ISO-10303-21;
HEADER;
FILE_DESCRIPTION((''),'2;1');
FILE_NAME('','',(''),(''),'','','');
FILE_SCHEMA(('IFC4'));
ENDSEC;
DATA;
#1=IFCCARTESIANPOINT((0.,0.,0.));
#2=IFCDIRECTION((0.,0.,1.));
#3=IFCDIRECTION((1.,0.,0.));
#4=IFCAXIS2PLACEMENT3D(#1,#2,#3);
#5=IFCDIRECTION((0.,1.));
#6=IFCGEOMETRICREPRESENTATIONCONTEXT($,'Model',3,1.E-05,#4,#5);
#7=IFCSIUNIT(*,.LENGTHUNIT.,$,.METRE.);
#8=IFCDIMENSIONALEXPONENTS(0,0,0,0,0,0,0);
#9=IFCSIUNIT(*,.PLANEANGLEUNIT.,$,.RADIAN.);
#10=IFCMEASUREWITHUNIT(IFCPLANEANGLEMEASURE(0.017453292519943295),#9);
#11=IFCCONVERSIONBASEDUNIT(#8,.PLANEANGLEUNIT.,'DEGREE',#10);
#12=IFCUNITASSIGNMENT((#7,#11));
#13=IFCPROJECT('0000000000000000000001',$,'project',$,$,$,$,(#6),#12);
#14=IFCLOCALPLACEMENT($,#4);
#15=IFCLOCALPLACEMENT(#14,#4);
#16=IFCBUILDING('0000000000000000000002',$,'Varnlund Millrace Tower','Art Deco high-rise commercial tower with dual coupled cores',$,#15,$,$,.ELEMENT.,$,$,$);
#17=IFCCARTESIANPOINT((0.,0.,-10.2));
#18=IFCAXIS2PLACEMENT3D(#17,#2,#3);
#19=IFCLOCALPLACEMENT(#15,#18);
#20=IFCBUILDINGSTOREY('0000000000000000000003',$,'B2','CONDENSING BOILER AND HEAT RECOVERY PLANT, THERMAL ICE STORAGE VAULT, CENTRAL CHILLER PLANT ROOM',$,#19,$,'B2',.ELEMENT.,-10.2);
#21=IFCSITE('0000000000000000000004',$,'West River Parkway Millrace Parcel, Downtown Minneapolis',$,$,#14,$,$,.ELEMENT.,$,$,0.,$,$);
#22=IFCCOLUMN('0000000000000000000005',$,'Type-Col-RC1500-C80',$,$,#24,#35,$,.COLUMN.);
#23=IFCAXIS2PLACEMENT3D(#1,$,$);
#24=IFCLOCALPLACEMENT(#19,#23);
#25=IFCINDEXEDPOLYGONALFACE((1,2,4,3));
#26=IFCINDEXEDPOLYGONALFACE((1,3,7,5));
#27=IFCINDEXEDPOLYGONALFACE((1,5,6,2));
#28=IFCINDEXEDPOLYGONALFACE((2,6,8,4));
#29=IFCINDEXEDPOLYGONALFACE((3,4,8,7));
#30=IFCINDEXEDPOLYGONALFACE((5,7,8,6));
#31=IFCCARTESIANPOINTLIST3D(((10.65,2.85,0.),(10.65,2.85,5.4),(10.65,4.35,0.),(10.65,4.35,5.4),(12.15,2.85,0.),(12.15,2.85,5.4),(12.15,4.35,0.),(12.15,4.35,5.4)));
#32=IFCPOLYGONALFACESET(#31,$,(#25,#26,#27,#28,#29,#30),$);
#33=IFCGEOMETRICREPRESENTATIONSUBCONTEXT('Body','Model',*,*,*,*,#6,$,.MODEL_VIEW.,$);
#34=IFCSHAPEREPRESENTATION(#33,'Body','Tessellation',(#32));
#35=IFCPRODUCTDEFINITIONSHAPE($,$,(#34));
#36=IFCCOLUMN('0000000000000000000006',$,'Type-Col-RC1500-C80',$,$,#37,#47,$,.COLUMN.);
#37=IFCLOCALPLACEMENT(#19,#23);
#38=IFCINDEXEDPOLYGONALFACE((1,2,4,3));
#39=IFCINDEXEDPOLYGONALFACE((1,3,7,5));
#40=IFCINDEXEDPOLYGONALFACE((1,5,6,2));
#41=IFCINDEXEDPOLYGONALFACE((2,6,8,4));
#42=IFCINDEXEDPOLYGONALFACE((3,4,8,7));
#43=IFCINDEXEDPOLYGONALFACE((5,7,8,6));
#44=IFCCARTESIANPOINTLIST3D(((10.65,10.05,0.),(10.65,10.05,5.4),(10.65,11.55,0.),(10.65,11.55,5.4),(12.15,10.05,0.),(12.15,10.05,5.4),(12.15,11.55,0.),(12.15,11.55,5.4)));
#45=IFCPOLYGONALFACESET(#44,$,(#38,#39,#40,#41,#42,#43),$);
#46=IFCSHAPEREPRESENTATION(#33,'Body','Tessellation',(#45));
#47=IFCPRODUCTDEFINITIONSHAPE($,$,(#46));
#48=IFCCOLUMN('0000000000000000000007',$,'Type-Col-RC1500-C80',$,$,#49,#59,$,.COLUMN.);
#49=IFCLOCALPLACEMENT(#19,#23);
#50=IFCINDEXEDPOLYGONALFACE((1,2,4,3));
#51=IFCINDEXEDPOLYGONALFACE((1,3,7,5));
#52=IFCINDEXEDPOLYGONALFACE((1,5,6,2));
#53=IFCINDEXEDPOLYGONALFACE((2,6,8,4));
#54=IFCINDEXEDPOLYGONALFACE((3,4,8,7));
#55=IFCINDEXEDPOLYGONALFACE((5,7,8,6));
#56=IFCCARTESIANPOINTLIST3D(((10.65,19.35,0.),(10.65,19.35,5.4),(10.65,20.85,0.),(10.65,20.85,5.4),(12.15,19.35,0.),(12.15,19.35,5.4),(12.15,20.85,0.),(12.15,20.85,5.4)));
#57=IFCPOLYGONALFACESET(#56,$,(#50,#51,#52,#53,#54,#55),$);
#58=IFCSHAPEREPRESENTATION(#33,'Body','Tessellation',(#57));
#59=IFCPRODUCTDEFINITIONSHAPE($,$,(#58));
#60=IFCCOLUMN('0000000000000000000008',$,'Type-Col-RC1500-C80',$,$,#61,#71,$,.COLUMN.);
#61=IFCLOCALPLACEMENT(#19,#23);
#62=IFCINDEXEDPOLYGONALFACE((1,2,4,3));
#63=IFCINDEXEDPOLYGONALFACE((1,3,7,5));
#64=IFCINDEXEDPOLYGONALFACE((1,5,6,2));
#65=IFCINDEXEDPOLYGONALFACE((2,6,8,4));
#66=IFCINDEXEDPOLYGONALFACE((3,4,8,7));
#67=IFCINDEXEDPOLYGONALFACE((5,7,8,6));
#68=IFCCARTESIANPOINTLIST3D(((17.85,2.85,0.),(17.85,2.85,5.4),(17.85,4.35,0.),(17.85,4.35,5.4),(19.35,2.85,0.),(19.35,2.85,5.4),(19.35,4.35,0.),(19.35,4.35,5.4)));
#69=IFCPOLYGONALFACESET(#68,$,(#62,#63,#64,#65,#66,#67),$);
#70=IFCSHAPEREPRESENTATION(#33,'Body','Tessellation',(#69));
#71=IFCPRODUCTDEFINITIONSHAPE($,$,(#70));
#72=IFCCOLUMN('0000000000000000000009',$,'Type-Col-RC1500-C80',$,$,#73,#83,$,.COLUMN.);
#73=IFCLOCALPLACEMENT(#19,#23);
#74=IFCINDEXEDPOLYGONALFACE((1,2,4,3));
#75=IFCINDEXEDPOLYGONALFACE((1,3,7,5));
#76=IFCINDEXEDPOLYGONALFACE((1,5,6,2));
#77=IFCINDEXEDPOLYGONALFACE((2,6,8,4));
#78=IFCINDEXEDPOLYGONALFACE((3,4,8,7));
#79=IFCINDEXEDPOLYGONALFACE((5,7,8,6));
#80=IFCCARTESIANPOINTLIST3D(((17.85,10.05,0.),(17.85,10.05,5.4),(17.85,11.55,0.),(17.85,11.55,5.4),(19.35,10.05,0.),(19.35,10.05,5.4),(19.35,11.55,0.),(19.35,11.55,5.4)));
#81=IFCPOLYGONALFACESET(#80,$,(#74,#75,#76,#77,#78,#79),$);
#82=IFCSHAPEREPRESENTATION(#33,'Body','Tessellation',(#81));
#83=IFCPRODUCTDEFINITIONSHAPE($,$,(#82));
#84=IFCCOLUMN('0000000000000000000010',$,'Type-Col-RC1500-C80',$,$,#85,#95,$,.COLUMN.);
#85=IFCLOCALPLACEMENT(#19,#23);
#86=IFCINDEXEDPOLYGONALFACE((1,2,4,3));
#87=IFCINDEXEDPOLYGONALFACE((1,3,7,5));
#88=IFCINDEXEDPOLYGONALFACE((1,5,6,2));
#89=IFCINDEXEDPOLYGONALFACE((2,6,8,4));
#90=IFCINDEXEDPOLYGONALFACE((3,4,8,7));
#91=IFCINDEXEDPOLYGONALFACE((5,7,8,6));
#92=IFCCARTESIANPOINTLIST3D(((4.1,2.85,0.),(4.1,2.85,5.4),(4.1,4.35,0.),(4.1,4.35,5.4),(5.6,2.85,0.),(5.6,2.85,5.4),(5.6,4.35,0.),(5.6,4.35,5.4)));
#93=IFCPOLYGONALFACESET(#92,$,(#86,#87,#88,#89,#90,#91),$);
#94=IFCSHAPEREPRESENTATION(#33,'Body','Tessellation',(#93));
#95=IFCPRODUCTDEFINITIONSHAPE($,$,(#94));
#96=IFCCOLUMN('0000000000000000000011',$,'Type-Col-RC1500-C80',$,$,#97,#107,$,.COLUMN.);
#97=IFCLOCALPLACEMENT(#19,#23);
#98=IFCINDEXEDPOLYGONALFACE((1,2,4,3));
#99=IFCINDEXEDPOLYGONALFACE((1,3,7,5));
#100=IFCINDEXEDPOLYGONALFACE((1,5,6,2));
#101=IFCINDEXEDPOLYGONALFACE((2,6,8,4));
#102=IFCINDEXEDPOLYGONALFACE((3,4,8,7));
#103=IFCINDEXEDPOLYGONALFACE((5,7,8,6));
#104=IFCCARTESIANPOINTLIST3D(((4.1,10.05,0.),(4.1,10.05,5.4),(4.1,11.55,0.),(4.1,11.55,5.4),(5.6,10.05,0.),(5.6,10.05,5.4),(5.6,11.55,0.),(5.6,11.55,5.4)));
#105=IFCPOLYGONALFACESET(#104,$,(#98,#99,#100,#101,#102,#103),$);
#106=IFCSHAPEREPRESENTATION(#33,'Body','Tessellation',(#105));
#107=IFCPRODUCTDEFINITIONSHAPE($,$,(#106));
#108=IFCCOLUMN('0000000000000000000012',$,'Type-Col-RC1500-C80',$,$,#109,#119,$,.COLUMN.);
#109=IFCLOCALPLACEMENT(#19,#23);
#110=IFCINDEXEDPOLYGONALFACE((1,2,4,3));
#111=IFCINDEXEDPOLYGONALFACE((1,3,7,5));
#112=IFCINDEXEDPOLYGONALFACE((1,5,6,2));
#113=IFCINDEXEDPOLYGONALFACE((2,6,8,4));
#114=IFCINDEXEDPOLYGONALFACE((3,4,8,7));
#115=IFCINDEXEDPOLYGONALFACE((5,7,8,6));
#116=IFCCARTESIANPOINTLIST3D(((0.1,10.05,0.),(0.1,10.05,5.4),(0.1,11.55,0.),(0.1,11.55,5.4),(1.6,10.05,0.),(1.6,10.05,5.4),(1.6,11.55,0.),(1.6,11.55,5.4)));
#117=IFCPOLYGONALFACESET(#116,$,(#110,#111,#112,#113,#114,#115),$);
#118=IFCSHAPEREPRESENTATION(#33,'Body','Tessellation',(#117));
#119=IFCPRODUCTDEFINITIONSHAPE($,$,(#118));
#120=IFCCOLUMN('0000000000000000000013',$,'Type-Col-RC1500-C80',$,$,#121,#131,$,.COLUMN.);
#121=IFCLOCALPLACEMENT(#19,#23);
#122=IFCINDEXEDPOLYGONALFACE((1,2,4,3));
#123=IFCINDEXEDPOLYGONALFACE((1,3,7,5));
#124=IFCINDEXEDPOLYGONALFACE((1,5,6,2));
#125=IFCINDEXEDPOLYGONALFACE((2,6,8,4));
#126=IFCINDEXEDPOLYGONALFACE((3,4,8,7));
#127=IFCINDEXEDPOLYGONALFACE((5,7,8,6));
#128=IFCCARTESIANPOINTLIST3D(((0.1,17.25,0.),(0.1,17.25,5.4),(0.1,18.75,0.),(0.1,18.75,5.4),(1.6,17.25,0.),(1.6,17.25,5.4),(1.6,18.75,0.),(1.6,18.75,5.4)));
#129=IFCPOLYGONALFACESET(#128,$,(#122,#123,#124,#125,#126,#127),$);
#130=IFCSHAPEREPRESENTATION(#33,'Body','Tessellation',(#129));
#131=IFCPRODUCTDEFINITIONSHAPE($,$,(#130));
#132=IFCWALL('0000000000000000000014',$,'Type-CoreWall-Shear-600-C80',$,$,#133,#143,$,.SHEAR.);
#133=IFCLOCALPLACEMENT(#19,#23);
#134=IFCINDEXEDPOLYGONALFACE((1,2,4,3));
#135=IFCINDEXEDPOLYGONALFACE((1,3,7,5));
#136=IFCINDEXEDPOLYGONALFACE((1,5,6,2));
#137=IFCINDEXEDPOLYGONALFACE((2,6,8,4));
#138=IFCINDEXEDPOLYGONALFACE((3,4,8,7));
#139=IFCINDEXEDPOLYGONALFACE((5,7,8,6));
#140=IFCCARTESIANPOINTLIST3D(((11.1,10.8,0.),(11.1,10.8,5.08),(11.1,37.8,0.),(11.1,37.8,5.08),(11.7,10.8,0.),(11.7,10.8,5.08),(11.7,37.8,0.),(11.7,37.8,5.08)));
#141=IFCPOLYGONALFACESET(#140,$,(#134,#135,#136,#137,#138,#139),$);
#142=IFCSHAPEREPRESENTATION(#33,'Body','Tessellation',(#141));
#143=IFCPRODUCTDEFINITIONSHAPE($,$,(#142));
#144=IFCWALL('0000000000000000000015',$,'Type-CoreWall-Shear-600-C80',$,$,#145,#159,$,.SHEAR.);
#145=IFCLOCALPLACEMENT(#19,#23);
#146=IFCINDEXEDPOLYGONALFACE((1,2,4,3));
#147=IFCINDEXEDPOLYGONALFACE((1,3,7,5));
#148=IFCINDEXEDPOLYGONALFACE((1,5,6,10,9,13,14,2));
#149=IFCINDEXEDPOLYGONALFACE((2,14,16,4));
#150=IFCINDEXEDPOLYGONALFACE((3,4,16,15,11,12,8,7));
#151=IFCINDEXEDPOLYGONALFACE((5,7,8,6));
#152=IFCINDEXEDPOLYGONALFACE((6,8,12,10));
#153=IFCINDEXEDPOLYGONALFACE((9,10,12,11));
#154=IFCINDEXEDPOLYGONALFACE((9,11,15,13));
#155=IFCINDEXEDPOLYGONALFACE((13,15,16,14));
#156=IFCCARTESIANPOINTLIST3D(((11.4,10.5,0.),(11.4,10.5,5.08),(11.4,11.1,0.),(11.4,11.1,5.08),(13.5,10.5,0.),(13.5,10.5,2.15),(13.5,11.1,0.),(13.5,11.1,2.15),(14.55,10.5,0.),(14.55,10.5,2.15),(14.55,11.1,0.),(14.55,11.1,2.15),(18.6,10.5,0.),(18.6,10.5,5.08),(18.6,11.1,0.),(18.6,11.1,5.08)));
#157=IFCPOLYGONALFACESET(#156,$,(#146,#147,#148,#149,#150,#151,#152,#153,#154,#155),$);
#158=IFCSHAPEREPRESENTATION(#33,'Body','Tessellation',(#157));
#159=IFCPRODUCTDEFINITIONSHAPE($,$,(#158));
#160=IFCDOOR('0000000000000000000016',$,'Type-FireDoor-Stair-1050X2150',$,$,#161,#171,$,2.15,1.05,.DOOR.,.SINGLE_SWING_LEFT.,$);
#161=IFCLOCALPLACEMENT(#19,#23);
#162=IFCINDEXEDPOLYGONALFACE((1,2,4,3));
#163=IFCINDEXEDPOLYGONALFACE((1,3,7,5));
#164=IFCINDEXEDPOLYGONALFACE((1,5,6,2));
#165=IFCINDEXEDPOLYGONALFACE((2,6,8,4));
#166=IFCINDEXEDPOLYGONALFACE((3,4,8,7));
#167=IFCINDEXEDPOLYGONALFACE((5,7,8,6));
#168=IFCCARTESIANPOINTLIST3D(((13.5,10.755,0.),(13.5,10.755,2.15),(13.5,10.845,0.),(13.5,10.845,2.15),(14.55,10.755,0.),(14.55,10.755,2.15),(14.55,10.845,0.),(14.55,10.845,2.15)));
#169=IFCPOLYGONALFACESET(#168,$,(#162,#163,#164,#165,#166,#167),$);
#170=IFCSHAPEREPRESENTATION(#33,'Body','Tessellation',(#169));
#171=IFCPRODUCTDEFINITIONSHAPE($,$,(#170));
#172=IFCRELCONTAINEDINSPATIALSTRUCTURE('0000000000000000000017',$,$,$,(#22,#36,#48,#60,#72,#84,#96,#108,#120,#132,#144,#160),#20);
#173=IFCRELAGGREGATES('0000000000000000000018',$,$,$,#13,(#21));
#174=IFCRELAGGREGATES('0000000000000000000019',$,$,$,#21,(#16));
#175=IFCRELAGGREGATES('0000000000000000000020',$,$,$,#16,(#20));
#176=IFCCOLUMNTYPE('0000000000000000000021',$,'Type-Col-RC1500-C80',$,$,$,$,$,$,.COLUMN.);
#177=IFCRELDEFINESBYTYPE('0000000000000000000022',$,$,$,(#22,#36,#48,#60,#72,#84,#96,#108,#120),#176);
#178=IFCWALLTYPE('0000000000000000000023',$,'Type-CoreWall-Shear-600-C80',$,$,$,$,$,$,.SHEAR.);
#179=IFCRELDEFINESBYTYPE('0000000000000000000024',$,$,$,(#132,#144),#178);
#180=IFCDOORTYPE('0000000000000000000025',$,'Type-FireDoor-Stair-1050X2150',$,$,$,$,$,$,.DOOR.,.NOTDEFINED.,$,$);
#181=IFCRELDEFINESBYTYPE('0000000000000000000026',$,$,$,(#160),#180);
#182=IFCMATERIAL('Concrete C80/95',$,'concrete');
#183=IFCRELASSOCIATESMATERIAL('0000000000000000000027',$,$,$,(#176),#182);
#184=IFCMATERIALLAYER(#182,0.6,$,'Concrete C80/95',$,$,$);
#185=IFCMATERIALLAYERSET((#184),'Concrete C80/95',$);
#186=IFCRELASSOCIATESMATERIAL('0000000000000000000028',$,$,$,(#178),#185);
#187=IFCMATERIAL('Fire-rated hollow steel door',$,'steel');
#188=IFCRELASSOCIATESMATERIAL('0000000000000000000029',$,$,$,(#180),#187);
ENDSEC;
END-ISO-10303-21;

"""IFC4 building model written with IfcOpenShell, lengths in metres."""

from ifc_helpers import new_model, entity, si_unit, converted_unit, direction, frame, origin_with_axes, origin_2d_with_axis, place, context, subcontext, project, spatial, polyline, rectangle, outline, extrude, material, layer, layer_set, material_profile, profile_set, type_object, element, fill, save


model = new_model("IFC4")

# Units and contexts
model_context = context("Model", 3, precision=1e-05, world=origin_with_axes(), true_north=direction((0.0, 1.0)))
body_context = subcontext(model_context, "Body", "Model", "MODEL_VIEW")
ifc_project = project(units=[si_unit("LENGTHUNIT", "METRE"), converted_unit("PLANEANGLEUNIT", "DEGREE", entity("IfcPlaneAngleMeasure", 0.017453292519943295), si_unit("PLANEANGLEUNIT", "RADIAN"), dimensions=[0, 0, 0, 0, 0, 0, 0])], contexts=[model_context])

# Site, building, storey
site_placement = place(None, origin_with_axes())
site = spatial("IfcSite", under=ifc_project, at=site_placement, Name="West River Parkway Millrace Parcel, Downtown Minneapolis", CompositionType="ELEMENT", RefElevation=0.0)
building_placement = place(site_placement, origin_with_axes())
building = spatial("IfcBuilding", under=site, at=building_placement, Name="Varnlund Millrace Tower", Description="Art Deco high-rise commercial tower with dual coupled cores", CompositionType="ELEMENT")
storey_placement = place(building_placement, frame((0.0, 0.0, -10.2), z_axis=(0.0, 0.0, 1.0), x_axis=(1.0, 0.0, 0.0)))
storey = spatial("IfcBuildingStorey", under=building, at=storey_placement, Name="B2", Description="CONDENSING BOILER AND HEAT RECOVERY PLANT, THERMAL ICE STORAGE VAULT, CENTRAL CHILLER PLANT ROOM", LongName="B2", CompositionType="ELEMENT", Elevation=-10.2)

# Columns
ifc_material_1 = material(Name="Concrete C80/95", Category="concrete")
ifc_material_profile = material_profile(ifc_material_1, rectangle(XDim=1.5, YDim=1.5, at=origin_2d_with_axis()), Name="Concrete C80/95")
ifc_profile_set = profile_set([ifc_material_profile], Name="Concrete C80/95")
column_type = type_object("IfcColumnType", Name="Type-Col-RC1500-C80", PredefinedType="COLUMN", material=ifc_profile_set)
for number, where, z_axis, x_axis, name in (
    (1, (11.4, 3.6, 0.0), (0.0, 0.0, 1.0), (1.0, 0.0, 0.0), "Type-Col-RC1500-C80"),
    (2, (11.4, 10.8, 0.0), (0.0, 0.0, 1.0), (1.0, 0.0, 0.0), "Type-Col-RC1500-C80"),
    (3, (11.4, 20.1, 0.0), (0.0, 0.0, 1.0), (1.0, 0.0, 0.0), "Type-Col-RC1500-C80"),
    (4, (18.6, 3.6, 0.0), (0.0, 0.0, 1.0), (1.0, 0.0, 0.0), "Type-Col-RC1500-C80"),
    (5, (18.6, 10.8, 0.0), (0.0, 0.0, 1.0), (1.0, 0.0, 0.0), "Type-Col-RC1500-C80"),
    (6, (4.85, 3.6, 0.0), (0.0, 0.0, 1.0), (1.0, 0.0, 0.0), "Type-Col-RC1500-C80"),
    (7, (4.85, 10.8, 0.0), (0.0, 0.0, 1.0), (1.0, 0.0, 0.0), "Type-Col-RC1500-C80"),
    (8, (0.85, 10.8, 0.0), (0.0, 0.0, 1.0), (1.0, 0.0, 0.0), "Type-Col-RC1500-C80"),
    (9, (0.85, 18.0, 0.0), (0.0, 0.0, 1.0), (1.0, 0.0, 0.0), "Type-Col-RC1500-C80"),
):
    element("IfcColumn", number, at=place(storey_placement, frame(where, z_axis=z_axis, x_axis=x_axis)), inside=storey, type_object=column_type, Name=name, PredefinedType="COLUMN", context=body_context, shape_type="SweptSolid", body=[
        extrude(rectangle(XDim=1.5, YDim=1.5, at=origin_2d_with_axis()), origin_with_axes(), (0.0, 0.0, 1.0), 5.4),
    ])

# Wall
ifc_layer_1 = layer(ifc_material_1, 0.6, Name="Concrete C80/95")
ifc_layer_set_1 = layer_set([ifc_layer_1], Name="Concrete C80/95")
wall_type_1 = type_object("IfcWallType", Name="Type-CoreWall-Shear-600-C80", PredefinedType="SHEAR", material=ifc_layer_set_1)
wall_1_placement = place(storey_placement, frame((11.4, 10.8, 0.0), z_axis=(0.0, 0.0, 1.0), x_axis=(0.0, 1.0, 0.0)))
element("IfcWall", 10, at=wall_1_placement, inside=storey, type_object=wall_type_1, Name="Type-CoreWall-Shear-600-C80", PredefinedType="SHEAR", context=body_context, shape_type="SweptSolid", body=[
    extrude(outline(polyline([(0.0, -0.3), (27.0, -0.3), (27.0, 0.3), (0.0, 0.3), (0.0, -0.3)])), origin_with_axes(), (0.0, 0.0, 1.0), 5.08),
])

# Wall, opening, door
wall_2_placement = place(storey_placement, frame((11.4, 10.8, 0.0), z_axis=(0.0, 0.0, 1.0), x_axis=(1.0, 0.0, 0.0)))
wall_2 = element("IfcWall", 11, at=wall_2_placement, inside=storey, type_object=wall_type_1, Name="Type-CoreWall-Shear-600-C80", PredefinedType="SHEAR", context=body_context, shape_type="SweptSolid", body=[
    extrude(outline(polyline([(0.0, -0.3), (7.2, -0.3), (7.2, 0.3), (0.0, 0.3), (0.0, -0.3)])), origin_with_axes(), (0.0, 0.0, 1.0), 5.08),
])
opening_1_placement = place(wall_2_placement, frame((2.625, 0.0, 0.0), z_axis=(0.0, 0.0, 1.0), x_axis=(1.0, 0.0, 0.0)))
opening_1 = element("IfcOpeningElement", 12, at=opening_1_placement, cuts=wall_2, PredefinedType="OPENING", context=body_context, shape_type="SweptSolid", body=[
    extrude(rectangle(XDim=1.05, YDim=0.62, at=origin_2d_with_axis()), origin_with_axes(), (0.0, 0.0, 1.0), 2.15),
])
ifc_material_2 = material(Name="Fire-rated hollow steel door", Category="steel")
door_type_1 = type_object("IfcDoorType", Name="Type-FireDoor-Stair-1050X2150", OperationType="NOTDEFINED", PredefinedType="DOOR", material=ifc_material_2)
door_1_placement = place(wall_2_placement, frame((2.625, 0.0, 0.0), z_axis=(0.0, 0.0, 1.0), x_axis=(1.0, 0.0, 0.0)))
door_1 = element("IfcDoor", 13, at=door_1_placement, inside=storey, type_object=door_type_1, Name="Type-FireDoor-Stair-1050X2150", OperationType="SINGLE_SWING_LEFT", OverallHeight=2.15, OverallWidth=1.05, PredefinedType="DOOR", context=body_context, shape_type="SweptSolid", body=[
    extrude(rectangle(XDim=1.05, YDim=0.09, at=origin_2d_with_axis()), origin_with_axes(), (0.0, 0.0, 1.0), 2.15),
])
fill(opening_1, door_1)

save(model, "model.ifc")
